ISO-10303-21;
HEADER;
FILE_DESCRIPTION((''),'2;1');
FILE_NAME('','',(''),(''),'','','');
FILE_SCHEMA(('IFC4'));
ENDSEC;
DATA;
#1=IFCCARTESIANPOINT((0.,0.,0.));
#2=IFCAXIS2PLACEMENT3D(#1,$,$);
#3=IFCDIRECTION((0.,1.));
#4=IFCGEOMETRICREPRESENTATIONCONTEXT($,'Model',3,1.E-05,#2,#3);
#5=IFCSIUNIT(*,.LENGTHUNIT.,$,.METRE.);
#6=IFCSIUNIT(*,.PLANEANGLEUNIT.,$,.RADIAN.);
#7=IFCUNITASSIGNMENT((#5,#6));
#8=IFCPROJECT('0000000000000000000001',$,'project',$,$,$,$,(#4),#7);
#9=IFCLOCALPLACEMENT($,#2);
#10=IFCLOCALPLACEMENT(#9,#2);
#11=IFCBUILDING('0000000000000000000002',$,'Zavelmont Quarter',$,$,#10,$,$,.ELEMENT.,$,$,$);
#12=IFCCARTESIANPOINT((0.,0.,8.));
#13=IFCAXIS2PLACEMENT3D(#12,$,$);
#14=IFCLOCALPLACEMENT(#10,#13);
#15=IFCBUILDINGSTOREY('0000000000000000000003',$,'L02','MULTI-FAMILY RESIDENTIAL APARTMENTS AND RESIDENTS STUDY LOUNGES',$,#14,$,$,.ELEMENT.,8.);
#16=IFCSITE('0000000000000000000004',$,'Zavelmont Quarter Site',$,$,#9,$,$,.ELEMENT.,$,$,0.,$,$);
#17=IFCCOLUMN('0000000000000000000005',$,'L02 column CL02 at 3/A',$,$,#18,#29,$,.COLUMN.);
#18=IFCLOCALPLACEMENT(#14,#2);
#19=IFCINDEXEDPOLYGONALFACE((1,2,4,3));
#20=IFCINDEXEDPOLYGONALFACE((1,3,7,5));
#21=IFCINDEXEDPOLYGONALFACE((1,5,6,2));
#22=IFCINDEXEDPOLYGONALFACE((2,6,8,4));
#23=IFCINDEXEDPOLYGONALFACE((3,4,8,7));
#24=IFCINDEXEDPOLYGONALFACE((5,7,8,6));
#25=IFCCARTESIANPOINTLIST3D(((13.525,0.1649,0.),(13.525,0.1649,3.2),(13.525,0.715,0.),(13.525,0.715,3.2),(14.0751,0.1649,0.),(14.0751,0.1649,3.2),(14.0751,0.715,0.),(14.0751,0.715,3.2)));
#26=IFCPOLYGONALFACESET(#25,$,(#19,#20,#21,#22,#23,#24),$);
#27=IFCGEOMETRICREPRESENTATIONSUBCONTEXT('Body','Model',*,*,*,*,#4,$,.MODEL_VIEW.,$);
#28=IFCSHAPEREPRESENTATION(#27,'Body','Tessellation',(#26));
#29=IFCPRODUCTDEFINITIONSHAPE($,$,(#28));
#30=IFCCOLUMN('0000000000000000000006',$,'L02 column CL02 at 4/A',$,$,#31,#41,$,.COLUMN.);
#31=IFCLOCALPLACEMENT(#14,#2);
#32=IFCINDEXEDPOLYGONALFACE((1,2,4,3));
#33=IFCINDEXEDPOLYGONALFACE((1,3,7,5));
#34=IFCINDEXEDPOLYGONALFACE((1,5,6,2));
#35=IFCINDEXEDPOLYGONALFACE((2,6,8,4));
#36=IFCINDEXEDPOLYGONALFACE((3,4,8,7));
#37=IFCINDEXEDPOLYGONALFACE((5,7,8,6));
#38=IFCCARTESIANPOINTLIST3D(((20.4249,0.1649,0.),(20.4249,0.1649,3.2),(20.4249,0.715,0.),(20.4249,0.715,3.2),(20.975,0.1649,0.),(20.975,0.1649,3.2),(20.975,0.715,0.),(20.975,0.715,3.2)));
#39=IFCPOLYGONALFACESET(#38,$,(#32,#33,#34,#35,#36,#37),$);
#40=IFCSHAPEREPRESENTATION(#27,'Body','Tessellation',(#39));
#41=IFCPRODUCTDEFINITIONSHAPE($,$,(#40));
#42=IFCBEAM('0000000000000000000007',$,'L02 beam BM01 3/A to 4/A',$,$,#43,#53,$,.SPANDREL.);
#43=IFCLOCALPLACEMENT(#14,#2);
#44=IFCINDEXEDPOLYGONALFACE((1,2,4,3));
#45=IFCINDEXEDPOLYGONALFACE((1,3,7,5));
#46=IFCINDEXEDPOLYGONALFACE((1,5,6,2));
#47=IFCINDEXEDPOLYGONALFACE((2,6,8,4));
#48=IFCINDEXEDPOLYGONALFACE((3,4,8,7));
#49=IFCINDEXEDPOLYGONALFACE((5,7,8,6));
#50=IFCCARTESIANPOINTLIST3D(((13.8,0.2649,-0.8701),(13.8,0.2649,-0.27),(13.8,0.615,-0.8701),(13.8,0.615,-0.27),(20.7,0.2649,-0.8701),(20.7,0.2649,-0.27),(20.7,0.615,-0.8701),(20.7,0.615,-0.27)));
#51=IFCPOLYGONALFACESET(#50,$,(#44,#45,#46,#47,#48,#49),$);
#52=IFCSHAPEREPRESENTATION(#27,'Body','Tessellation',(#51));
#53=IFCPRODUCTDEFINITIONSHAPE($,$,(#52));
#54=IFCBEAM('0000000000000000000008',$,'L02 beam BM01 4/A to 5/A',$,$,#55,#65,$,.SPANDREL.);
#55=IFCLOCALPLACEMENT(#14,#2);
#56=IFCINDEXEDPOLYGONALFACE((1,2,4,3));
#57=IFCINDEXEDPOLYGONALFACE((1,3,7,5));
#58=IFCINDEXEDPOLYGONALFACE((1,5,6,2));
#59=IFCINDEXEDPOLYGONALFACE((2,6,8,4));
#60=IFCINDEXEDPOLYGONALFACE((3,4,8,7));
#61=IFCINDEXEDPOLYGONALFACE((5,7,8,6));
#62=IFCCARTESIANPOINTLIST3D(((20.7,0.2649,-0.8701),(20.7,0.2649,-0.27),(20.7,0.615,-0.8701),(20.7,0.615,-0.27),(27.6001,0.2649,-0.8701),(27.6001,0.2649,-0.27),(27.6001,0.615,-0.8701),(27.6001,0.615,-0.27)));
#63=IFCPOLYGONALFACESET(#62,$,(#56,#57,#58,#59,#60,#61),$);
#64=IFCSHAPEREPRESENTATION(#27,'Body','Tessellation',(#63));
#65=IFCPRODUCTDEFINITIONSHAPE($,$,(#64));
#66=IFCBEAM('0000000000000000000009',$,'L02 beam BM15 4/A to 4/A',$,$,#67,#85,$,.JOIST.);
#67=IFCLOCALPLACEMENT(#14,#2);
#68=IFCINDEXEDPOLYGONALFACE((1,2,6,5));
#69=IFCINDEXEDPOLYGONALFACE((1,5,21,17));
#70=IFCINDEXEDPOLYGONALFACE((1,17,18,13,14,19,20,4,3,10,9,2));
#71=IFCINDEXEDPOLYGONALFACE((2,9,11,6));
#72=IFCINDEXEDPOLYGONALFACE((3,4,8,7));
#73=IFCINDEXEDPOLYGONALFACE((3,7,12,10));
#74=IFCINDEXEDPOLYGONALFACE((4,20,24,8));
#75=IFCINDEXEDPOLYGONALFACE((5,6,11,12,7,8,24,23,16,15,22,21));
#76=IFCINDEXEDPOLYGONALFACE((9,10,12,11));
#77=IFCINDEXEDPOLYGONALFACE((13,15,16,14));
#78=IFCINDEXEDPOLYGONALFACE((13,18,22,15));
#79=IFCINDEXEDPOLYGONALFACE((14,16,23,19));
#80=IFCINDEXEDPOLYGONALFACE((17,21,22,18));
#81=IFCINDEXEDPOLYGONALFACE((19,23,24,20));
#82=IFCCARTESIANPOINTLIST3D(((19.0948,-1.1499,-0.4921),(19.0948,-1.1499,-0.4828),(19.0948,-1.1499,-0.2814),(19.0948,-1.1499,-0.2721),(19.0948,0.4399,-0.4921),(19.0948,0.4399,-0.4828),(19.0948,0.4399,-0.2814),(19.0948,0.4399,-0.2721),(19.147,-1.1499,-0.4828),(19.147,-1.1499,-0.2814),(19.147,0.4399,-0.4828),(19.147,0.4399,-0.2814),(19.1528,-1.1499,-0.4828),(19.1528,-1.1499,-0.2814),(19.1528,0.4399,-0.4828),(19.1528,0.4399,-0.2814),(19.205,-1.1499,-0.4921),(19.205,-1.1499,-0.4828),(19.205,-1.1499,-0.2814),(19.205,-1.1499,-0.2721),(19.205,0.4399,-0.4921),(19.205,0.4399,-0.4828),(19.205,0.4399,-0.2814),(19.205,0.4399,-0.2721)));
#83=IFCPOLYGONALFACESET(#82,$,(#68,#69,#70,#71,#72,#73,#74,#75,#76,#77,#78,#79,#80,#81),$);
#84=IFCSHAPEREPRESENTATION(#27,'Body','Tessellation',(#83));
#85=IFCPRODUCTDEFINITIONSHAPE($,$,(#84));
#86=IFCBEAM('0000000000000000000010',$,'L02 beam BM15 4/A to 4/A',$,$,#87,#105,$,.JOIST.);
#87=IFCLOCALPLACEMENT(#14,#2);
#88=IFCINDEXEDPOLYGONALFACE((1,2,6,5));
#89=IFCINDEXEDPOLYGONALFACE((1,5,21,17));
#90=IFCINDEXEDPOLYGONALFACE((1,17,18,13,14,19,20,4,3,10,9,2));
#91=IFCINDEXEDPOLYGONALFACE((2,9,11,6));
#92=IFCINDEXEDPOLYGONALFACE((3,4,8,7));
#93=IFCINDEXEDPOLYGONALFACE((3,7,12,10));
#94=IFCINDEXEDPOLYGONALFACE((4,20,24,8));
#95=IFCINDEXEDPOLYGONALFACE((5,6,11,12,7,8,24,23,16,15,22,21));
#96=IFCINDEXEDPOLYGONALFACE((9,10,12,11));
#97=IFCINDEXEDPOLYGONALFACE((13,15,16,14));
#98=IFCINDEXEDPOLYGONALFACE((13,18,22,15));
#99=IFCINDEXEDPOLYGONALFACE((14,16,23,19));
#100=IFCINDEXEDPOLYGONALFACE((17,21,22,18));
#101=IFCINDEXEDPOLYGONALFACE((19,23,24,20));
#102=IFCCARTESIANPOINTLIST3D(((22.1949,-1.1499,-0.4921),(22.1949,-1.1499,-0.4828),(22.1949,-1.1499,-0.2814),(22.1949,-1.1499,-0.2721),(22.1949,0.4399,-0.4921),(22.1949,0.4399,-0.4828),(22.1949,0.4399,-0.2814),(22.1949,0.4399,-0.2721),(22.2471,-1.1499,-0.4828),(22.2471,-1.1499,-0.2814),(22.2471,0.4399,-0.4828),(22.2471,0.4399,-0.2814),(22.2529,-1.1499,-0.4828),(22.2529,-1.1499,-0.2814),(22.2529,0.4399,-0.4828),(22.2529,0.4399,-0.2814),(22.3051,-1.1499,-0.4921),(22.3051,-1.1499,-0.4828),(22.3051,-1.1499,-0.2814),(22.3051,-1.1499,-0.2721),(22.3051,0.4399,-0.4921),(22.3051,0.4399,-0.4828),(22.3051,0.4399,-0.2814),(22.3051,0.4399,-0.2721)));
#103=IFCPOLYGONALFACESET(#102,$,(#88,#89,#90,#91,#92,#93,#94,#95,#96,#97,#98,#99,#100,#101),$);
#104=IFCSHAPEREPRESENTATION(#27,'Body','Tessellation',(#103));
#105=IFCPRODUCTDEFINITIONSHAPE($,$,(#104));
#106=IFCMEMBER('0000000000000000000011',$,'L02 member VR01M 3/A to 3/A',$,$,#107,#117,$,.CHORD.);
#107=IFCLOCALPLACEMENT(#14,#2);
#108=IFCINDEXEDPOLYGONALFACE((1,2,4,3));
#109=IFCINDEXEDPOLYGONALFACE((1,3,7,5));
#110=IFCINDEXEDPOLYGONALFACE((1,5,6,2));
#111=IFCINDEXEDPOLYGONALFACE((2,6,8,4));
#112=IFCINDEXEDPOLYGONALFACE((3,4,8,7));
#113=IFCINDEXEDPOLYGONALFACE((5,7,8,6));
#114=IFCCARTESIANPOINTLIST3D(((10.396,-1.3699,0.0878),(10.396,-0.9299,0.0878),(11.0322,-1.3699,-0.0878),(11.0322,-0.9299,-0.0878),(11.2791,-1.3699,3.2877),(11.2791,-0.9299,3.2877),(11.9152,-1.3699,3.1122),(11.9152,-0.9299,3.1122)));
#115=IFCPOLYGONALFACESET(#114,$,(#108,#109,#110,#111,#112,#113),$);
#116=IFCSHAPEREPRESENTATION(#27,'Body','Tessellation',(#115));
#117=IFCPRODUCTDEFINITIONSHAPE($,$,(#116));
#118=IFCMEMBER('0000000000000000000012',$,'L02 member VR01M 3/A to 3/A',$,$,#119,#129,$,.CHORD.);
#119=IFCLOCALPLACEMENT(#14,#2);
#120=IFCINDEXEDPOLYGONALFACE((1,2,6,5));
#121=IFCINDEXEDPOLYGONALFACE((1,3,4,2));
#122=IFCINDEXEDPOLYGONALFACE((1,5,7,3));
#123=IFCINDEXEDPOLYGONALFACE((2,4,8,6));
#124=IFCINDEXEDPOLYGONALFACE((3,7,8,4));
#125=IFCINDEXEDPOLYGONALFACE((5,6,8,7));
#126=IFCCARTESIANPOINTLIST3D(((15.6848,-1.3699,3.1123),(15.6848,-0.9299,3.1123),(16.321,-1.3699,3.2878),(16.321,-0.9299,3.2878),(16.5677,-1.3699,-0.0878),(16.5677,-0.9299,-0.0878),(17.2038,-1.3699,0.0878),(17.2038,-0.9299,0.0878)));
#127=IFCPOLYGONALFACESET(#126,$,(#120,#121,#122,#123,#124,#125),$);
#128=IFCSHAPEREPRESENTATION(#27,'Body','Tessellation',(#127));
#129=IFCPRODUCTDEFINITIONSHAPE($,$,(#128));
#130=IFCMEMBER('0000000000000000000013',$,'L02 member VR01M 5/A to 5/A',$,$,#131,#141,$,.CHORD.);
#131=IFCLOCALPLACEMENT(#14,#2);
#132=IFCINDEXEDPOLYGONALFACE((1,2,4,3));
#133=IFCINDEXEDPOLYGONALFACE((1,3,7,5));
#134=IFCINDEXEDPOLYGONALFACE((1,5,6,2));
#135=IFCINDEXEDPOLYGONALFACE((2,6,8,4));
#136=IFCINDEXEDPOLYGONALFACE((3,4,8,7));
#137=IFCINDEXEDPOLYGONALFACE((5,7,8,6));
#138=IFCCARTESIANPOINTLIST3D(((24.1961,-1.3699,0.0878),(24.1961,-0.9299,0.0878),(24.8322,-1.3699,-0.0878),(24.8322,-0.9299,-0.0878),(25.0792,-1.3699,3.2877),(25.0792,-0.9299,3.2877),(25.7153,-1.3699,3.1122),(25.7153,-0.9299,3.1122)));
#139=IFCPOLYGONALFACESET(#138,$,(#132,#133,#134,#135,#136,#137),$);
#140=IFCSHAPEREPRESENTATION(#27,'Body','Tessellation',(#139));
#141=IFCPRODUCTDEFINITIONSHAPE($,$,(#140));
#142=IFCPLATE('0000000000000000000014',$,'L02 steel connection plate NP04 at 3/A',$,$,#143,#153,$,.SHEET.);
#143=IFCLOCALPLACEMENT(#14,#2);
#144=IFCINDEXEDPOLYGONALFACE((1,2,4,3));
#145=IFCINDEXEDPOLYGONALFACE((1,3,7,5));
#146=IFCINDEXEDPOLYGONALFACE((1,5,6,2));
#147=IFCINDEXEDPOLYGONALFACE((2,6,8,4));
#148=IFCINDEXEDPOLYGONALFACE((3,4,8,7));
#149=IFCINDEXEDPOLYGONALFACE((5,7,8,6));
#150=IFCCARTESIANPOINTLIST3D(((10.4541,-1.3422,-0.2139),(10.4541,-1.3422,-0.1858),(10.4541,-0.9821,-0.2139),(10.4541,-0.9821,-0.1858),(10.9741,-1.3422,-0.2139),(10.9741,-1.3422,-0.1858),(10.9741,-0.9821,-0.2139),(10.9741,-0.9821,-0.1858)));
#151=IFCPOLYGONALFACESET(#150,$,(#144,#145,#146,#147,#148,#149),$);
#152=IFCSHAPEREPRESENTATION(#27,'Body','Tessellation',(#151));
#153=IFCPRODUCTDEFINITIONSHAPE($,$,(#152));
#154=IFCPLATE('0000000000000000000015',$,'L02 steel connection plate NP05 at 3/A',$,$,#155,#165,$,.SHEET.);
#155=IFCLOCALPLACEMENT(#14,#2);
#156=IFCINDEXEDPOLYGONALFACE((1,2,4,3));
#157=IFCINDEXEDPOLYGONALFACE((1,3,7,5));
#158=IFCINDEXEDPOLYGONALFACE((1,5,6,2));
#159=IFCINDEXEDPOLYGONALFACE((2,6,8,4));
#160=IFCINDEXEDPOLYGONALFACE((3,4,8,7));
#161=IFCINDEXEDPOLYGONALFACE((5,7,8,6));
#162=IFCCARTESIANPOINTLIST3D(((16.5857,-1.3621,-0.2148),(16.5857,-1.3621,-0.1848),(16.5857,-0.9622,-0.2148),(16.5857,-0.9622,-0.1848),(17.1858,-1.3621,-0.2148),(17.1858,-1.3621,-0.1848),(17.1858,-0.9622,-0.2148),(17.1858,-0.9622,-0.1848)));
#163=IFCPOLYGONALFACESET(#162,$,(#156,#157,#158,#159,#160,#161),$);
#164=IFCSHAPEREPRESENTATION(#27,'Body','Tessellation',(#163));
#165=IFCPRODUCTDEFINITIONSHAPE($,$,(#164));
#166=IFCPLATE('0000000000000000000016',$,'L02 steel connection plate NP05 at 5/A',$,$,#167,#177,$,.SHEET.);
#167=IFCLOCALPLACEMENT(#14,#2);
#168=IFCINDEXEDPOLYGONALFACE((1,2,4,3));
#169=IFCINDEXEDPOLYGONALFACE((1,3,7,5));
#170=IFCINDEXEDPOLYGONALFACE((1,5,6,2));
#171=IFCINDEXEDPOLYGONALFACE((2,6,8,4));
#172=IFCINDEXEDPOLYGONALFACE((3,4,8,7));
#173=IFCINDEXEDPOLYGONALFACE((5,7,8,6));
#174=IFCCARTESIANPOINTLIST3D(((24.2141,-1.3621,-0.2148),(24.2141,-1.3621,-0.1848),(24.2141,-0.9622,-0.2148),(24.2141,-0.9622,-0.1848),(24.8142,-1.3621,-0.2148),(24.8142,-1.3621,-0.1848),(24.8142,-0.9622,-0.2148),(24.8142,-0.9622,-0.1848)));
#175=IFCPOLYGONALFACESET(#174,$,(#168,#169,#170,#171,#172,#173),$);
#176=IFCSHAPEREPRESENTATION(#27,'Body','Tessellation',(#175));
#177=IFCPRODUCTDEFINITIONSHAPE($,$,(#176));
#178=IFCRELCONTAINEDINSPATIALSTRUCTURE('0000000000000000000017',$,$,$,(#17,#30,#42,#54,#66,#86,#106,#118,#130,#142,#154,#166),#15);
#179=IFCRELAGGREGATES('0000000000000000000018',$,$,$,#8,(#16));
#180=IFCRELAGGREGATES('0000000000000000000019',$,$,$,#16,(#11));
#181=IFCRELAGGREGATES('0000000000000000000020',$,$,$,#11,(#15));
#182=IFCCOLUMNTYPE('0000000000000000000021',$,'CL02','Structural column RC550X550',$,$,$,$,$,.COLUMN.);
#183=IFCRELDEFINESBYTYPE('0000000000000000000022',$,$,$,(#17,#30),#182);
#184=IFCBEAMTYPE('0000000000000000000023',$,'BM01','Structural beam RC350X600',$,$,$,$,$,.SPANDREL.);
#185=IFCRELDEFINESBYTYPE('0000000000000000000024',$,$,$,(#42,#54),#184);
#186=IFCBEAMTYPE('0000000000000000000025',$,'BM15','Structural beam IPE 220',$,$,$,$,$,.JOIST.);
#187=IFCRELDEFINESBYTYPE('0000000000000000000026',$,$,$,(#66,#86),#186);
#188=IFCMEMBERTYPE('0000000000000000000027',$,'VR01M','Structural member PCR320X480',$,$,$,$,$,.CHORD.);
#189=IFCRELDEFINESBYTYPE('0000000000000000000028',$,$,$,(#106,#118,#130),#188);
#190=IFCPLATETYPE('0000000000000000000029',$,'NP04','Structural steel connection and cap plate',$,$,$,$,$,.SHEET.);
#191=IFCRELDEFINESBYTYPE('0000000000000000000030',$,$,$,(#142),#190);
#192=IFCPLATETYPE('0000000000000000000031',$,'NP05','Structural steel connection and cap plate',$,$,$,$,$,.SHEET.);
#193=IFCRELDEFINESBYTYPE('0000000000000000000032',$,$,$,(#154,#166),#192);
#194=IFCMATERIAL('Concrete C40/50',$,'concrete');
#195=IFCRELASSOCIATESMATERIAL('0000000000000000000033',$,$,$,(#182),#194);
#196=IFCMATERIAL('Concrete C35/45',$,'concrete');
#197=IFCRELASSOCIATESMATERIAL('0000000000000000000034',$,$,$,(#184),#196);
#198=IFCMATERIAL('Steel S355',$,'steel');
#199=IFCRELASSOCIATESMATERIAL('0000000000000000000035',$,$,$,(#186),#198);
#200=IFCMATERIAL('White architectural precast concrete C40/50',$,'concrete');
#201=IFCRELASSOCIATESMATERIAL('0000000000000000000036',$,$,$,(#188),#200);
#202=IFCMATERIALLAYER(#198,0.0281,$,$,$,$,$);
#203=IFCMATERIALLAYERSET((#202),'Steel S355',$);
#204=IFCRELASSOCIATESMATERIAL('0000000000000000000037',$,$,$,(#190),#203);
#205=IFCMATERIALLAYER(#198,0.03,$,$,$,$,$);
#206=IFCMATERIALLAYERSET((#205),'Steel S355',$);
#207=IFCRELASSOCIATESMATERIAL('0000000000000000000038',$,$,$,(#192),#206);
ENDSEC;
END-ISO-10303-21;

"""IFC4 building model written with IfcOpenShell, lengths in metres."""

from ifc_helpers import new_model, si_unit, direction, frame, origin, origin_2d, place, context, subcontext, project, spatial, rectangle, i_section, extrude, material, layer, layer_set, material_profile, profile_set, type_object, element, save


model = new_model("IFC4")

# Units and contexts
model_context = context("Model", 3, precision=1e-05, world=origin(), true_north=direction((0.0, 1.0)))
body_context = subcontext(model_context, "Body", "Model", "MODEL_VIEW")
ifc_project = project(units=[si_unit("LENGTHUNIT", "METRE"), si_unit("PLANEANGLEUNIT", "RADIAN")], contexts=[model_context])

# Site, building, storey
site_placement = place(None, origin())
site = spatial("IfcSite", under=ifc_project, at=site_placement, Name="Zavelmont Quarter Site", CompositionType="ELEMENT", RefElevation=0.0)
building_placement = place(site_placement, origin())
building = spatial("IfcBuilding", under=site, at=building_placement, Name="Zavelmont Quarter", CompositionType="ELEMENT")
storey_placement = place(building_placement, frame((0.0, 0.0, 8.0)))
storey = spatial("IfcBuildingStorey", under=building, at=storey_placement, Name="L02", Description="MULTI-FAMILY RESIDENTIAL APARTMENTS AND RESIDENTS STUDY LOUNGES", CompositionType="ELEMENT", Elevation=8.0)

# Columns
ifc_material_1 = material(Name="Concrete C40/50", Category="concrete")
ifc_material_profile_1 = material_profile(ifc_material_1, rectangle(XDim=0.55, YDim=0.55, at=origin_2d()), Name="RC550X550")
ifc_profile_set_1 = profile_set([ifc_material_profile_1], Name="Concrete C40/50")
column_type = type_object("IfcColumnType", Name="CL02", Description="Structural column RC550X550", PredefinedType="COLUMN", material=ifc_profile_set_1)
for number, where, z_axis, x_axis, name in (
    (1, (13.8, 0.4399, 0.0), (0.0, 0.0, 1.0), (1.0, 0.0, 0.0), "L02 column CL02 at 3/A"),
    (2, (20.7, 0.4399, 0.0), (0.0, 0.0, 1.0), (1.0, 0.0, 0.0), "L02 column CL02 at 4/A"),
):
    element("IfcColumn", number, at=place(storey_placement, frame(where, z_axis=z_axis, x_axis=x_axis)), inside=storey, type_object=column_type, Name=name, PredefinedType="COLUMN", context=body_context, shape_type="SweptSolid", body=[
        extrude(rectangle(XDim=0.55, YDim=0.55, at=origin_2d()), origin(), (0.0, 0.0, 1.0), 3.2),
    ])

# Beams
ifc_material_2 = material(Name="Concrete C35/45", Category="concrete")
ifc_material_profile_2 = material_profile(ifc_material_2, rectangle(XDim=0.3501, YDim=0.6001, at=origin_2d()), Name="RC350X600")
ifc_profile_set_2 = profile_set([ifc_material_profile_2], Name="Concrete C35/45")
beam_type_1 = type_object("IfcBeamType", Name="BM01", Description="Structural beam RC350X600", PredefinedType="SPANDREL", material=ifc_profile_set_2)
beam_1_placement = place(storey_placement, frame((13.8, 0.4399, -0.5701), z_axis=(1.0, 0.0, 0.0), x_axis=(0.0, 1.0, 0.0)))
element("IfcBeam", 3, at=beam_1_placement, inside=storey, type_object=beam_type_1, Name="L02 beam BM01 3/A to 4/A", PredefinedType="SPANDREL", context=body_context, shape_type="SweptSolid", body=[
    extrude(rectangle(XDim=0.3501, YDim=0.6001, at=origin_2d()), origin(), (0.0, 0.0, 1.0), 6.8999),
])
beam_2_placement = place(storey_placement, frame((20.7, 0.4399, -0.5701), z_axis=(1.0, 0.0, 0.0), x_axis=(0.0, 1.0, 0.0)))
element("IfcBeam", 4, at=beam_2_placement, inside=storey, type_object=beam_type_1, Name="L02 beam BM01 4/A to 5/A", PredefinedType="SPANDREL", context=body_context, shape_type="SweptSolid", body=[
    extrude(rectangle(XDim=0.3501, YDim=0.6001, at=origin_2d()), origin(), (0.0, 0.0, 1.0), 6.9001),
])
ifc_material_3 = material(Name="Steel S355", Category="steel")
ifc_material_profile_3 = material_profile(ifc_material_3, i_section(OverallWidth=0.1101, OverallDepth=0.22, WebThickness=0.0059, FlangeThickness=0.0093, at=origin_2d()), Name="IPE 220")
ifc_profile_set_3 = profile_set([ifc_material_profile_3], Name="Steel S355")
beam_type_2 = type_object("IfcBeamType", Name="BM15", Description="Structural beam IPE 220", PredefinedType="JOIST", material=ifc_profile_set_3)
for number, where, z_axis, x_axis, name in (
    (5, (19.1499, 0.4399, -0.3821), (0.0, -1.0, 0.0), (1.0, 0.0, 0.0), "L02 beam BM15 4/A to 4/A"),
    (6, (22.25, 0.4399, -0.3821), (0.0, -1.0, 0.0), (1.0, 0.0, 0.0), "L02 beam BM15 4/A to 4/A"),
):
    element("IfcBeam", number, at=place(storey_placement, frame(where, z_axis=z_axis, x_axis=x_axis)), inside=storey, type_object=beam_type_2, Name=name, PredefinedType="JOIST", context=body_context, shape_type="SweptSolid", body=[
        extrude(i_section(OverallWidth=0.1101, OverallDepth=0.22, WebThickness=0.0059, FlangeThickness=0.0093, at=origin_2d()), origin(), (0.0, 0.0, 1.0), 1.5898),
    ])

# Members
ifc_material_4 = material(Name="White architectural precast concrete C40/50", Category="concrete")
ifc_material_profile_4 = material_profile(ifc_material_4, rectangle(XDim=0.4399, YDim=0.6599, at=origin_2d()), Name="PCR320X480")
ifc_profile_set_4 = profile_set([ifc_material_profile_4], Name="White architectural precast concrete C40/50")
member_type = type_object("IfcMemberType", Name="VR01M", Description="Structural member PCR320X480", PredefinedType="CHORD", material=ifc_profile_set_4)
for number, where, z_axis, x_axis, name in (
    (7, (10.7141, -1.1499, 0.0), (0.266016, 0.0, 0.963969), (0.0, 1.0, 0.0), "L02 member VR01M 3/A to 3/A"),
    (8, (16.8857, -1.1499, 0.0), (-0.265948, 0.0, 0.963987), (0.0, -1.0, 0.0), "L02 member VR01M 3/A to 3/A"),
    (9, (24.5142, -1.1499, 0.0), (0.266016, 0.0, 0.963969), (0.0, 1.0, 0.0), "L02 member VR01M 5/A to 5/A"),
):
    element("IfcMember", number, at=place(storey_placement, frame(where, z_axis=z_axis, x_axis=x_axis)), inside=storey, type_object=member_type, Name=name, PredefinedType="CHORD", context=body_context, shape_type="SweptSolid", body=[
        extrude(rectangle(XDim=0.4399, YDim=0.6599, at=origin_2d()), origin(), (0.0, 0.0, 1.0), 3.3196),
    ])

# Plates
ifc_layer_1 = layer(ifc_material_3, 0.0281)
ifc_layer_set_1 = layer_set([ifc_layer_1], Name="Steel S355")
plate_type_1 = type_object("IfcPlateType", Name="NP04", Description="Structural steel connection and cap plate", PredefinedType="SHEET", material=ifc_layer_set_1)
plate_placement = place(storey_placement, frame((10.7141, -1.1621, -0.2139), z_axis=(0.0, 0.0, 1.0), x_axis=(1.0, 0.0, 0.0)))
element("IfcPlate", 10, at=plate_placement, inside=storey, type_object=plate_type_1, Name="L02 steel connection plate NP04 at 3/A", PredefinedType="SHEET", context=body_context, shape_type="SweptSolid", body=[
    extrude(rectangle(XDim=0.52, YDim=0.3601, at=origin_2d()), origin(), (0.0, 0.0, 1.0), 0.0281),
])
ifc_layer_2 = layer(ifc_material_3, 0.03)
ifc_layer_set_2 = layer_set([ifc_layer_2], Name="Steel S355")
plate_type_2 = type_object("IfcPlateType", Name="NP05", Description="Structural steel connection and cap plate", PredefinedType="SHEET", material=ifc_layer_set_2)
for number, where, z_axis, x_axis, name in (
    (11, (16.8857, -1.1621, -0.2148), (0.0, 0.0, 1.0), (1.0, 0.0, 0.0), "L02 steel connection plate NP05 at 3/A"),
    (12, (24.5142, -1.1621, -0.2148), (0.0, 0.0, 1.0), (1.0, 0.0, 0.0), "L02 steel connection plate NP05 at 5/A"),
):
    element("IfcPlate", number, at=place(storey_placement, frame(where, z_axis=z_axis, x_axis=x_axis)), inside=storey, type_object=plate_type_2, Name=name, PredefinedType="SHEET", context=body_context, shape_type="SweptSolid", body=[
        extrude(rectangle(XDim=0.6001, YDim=0.3999, at=origin_2d()), origin(), (0.0, 0.0, 1.0), 0.03),
    ])

save(model, "model.ifc")
